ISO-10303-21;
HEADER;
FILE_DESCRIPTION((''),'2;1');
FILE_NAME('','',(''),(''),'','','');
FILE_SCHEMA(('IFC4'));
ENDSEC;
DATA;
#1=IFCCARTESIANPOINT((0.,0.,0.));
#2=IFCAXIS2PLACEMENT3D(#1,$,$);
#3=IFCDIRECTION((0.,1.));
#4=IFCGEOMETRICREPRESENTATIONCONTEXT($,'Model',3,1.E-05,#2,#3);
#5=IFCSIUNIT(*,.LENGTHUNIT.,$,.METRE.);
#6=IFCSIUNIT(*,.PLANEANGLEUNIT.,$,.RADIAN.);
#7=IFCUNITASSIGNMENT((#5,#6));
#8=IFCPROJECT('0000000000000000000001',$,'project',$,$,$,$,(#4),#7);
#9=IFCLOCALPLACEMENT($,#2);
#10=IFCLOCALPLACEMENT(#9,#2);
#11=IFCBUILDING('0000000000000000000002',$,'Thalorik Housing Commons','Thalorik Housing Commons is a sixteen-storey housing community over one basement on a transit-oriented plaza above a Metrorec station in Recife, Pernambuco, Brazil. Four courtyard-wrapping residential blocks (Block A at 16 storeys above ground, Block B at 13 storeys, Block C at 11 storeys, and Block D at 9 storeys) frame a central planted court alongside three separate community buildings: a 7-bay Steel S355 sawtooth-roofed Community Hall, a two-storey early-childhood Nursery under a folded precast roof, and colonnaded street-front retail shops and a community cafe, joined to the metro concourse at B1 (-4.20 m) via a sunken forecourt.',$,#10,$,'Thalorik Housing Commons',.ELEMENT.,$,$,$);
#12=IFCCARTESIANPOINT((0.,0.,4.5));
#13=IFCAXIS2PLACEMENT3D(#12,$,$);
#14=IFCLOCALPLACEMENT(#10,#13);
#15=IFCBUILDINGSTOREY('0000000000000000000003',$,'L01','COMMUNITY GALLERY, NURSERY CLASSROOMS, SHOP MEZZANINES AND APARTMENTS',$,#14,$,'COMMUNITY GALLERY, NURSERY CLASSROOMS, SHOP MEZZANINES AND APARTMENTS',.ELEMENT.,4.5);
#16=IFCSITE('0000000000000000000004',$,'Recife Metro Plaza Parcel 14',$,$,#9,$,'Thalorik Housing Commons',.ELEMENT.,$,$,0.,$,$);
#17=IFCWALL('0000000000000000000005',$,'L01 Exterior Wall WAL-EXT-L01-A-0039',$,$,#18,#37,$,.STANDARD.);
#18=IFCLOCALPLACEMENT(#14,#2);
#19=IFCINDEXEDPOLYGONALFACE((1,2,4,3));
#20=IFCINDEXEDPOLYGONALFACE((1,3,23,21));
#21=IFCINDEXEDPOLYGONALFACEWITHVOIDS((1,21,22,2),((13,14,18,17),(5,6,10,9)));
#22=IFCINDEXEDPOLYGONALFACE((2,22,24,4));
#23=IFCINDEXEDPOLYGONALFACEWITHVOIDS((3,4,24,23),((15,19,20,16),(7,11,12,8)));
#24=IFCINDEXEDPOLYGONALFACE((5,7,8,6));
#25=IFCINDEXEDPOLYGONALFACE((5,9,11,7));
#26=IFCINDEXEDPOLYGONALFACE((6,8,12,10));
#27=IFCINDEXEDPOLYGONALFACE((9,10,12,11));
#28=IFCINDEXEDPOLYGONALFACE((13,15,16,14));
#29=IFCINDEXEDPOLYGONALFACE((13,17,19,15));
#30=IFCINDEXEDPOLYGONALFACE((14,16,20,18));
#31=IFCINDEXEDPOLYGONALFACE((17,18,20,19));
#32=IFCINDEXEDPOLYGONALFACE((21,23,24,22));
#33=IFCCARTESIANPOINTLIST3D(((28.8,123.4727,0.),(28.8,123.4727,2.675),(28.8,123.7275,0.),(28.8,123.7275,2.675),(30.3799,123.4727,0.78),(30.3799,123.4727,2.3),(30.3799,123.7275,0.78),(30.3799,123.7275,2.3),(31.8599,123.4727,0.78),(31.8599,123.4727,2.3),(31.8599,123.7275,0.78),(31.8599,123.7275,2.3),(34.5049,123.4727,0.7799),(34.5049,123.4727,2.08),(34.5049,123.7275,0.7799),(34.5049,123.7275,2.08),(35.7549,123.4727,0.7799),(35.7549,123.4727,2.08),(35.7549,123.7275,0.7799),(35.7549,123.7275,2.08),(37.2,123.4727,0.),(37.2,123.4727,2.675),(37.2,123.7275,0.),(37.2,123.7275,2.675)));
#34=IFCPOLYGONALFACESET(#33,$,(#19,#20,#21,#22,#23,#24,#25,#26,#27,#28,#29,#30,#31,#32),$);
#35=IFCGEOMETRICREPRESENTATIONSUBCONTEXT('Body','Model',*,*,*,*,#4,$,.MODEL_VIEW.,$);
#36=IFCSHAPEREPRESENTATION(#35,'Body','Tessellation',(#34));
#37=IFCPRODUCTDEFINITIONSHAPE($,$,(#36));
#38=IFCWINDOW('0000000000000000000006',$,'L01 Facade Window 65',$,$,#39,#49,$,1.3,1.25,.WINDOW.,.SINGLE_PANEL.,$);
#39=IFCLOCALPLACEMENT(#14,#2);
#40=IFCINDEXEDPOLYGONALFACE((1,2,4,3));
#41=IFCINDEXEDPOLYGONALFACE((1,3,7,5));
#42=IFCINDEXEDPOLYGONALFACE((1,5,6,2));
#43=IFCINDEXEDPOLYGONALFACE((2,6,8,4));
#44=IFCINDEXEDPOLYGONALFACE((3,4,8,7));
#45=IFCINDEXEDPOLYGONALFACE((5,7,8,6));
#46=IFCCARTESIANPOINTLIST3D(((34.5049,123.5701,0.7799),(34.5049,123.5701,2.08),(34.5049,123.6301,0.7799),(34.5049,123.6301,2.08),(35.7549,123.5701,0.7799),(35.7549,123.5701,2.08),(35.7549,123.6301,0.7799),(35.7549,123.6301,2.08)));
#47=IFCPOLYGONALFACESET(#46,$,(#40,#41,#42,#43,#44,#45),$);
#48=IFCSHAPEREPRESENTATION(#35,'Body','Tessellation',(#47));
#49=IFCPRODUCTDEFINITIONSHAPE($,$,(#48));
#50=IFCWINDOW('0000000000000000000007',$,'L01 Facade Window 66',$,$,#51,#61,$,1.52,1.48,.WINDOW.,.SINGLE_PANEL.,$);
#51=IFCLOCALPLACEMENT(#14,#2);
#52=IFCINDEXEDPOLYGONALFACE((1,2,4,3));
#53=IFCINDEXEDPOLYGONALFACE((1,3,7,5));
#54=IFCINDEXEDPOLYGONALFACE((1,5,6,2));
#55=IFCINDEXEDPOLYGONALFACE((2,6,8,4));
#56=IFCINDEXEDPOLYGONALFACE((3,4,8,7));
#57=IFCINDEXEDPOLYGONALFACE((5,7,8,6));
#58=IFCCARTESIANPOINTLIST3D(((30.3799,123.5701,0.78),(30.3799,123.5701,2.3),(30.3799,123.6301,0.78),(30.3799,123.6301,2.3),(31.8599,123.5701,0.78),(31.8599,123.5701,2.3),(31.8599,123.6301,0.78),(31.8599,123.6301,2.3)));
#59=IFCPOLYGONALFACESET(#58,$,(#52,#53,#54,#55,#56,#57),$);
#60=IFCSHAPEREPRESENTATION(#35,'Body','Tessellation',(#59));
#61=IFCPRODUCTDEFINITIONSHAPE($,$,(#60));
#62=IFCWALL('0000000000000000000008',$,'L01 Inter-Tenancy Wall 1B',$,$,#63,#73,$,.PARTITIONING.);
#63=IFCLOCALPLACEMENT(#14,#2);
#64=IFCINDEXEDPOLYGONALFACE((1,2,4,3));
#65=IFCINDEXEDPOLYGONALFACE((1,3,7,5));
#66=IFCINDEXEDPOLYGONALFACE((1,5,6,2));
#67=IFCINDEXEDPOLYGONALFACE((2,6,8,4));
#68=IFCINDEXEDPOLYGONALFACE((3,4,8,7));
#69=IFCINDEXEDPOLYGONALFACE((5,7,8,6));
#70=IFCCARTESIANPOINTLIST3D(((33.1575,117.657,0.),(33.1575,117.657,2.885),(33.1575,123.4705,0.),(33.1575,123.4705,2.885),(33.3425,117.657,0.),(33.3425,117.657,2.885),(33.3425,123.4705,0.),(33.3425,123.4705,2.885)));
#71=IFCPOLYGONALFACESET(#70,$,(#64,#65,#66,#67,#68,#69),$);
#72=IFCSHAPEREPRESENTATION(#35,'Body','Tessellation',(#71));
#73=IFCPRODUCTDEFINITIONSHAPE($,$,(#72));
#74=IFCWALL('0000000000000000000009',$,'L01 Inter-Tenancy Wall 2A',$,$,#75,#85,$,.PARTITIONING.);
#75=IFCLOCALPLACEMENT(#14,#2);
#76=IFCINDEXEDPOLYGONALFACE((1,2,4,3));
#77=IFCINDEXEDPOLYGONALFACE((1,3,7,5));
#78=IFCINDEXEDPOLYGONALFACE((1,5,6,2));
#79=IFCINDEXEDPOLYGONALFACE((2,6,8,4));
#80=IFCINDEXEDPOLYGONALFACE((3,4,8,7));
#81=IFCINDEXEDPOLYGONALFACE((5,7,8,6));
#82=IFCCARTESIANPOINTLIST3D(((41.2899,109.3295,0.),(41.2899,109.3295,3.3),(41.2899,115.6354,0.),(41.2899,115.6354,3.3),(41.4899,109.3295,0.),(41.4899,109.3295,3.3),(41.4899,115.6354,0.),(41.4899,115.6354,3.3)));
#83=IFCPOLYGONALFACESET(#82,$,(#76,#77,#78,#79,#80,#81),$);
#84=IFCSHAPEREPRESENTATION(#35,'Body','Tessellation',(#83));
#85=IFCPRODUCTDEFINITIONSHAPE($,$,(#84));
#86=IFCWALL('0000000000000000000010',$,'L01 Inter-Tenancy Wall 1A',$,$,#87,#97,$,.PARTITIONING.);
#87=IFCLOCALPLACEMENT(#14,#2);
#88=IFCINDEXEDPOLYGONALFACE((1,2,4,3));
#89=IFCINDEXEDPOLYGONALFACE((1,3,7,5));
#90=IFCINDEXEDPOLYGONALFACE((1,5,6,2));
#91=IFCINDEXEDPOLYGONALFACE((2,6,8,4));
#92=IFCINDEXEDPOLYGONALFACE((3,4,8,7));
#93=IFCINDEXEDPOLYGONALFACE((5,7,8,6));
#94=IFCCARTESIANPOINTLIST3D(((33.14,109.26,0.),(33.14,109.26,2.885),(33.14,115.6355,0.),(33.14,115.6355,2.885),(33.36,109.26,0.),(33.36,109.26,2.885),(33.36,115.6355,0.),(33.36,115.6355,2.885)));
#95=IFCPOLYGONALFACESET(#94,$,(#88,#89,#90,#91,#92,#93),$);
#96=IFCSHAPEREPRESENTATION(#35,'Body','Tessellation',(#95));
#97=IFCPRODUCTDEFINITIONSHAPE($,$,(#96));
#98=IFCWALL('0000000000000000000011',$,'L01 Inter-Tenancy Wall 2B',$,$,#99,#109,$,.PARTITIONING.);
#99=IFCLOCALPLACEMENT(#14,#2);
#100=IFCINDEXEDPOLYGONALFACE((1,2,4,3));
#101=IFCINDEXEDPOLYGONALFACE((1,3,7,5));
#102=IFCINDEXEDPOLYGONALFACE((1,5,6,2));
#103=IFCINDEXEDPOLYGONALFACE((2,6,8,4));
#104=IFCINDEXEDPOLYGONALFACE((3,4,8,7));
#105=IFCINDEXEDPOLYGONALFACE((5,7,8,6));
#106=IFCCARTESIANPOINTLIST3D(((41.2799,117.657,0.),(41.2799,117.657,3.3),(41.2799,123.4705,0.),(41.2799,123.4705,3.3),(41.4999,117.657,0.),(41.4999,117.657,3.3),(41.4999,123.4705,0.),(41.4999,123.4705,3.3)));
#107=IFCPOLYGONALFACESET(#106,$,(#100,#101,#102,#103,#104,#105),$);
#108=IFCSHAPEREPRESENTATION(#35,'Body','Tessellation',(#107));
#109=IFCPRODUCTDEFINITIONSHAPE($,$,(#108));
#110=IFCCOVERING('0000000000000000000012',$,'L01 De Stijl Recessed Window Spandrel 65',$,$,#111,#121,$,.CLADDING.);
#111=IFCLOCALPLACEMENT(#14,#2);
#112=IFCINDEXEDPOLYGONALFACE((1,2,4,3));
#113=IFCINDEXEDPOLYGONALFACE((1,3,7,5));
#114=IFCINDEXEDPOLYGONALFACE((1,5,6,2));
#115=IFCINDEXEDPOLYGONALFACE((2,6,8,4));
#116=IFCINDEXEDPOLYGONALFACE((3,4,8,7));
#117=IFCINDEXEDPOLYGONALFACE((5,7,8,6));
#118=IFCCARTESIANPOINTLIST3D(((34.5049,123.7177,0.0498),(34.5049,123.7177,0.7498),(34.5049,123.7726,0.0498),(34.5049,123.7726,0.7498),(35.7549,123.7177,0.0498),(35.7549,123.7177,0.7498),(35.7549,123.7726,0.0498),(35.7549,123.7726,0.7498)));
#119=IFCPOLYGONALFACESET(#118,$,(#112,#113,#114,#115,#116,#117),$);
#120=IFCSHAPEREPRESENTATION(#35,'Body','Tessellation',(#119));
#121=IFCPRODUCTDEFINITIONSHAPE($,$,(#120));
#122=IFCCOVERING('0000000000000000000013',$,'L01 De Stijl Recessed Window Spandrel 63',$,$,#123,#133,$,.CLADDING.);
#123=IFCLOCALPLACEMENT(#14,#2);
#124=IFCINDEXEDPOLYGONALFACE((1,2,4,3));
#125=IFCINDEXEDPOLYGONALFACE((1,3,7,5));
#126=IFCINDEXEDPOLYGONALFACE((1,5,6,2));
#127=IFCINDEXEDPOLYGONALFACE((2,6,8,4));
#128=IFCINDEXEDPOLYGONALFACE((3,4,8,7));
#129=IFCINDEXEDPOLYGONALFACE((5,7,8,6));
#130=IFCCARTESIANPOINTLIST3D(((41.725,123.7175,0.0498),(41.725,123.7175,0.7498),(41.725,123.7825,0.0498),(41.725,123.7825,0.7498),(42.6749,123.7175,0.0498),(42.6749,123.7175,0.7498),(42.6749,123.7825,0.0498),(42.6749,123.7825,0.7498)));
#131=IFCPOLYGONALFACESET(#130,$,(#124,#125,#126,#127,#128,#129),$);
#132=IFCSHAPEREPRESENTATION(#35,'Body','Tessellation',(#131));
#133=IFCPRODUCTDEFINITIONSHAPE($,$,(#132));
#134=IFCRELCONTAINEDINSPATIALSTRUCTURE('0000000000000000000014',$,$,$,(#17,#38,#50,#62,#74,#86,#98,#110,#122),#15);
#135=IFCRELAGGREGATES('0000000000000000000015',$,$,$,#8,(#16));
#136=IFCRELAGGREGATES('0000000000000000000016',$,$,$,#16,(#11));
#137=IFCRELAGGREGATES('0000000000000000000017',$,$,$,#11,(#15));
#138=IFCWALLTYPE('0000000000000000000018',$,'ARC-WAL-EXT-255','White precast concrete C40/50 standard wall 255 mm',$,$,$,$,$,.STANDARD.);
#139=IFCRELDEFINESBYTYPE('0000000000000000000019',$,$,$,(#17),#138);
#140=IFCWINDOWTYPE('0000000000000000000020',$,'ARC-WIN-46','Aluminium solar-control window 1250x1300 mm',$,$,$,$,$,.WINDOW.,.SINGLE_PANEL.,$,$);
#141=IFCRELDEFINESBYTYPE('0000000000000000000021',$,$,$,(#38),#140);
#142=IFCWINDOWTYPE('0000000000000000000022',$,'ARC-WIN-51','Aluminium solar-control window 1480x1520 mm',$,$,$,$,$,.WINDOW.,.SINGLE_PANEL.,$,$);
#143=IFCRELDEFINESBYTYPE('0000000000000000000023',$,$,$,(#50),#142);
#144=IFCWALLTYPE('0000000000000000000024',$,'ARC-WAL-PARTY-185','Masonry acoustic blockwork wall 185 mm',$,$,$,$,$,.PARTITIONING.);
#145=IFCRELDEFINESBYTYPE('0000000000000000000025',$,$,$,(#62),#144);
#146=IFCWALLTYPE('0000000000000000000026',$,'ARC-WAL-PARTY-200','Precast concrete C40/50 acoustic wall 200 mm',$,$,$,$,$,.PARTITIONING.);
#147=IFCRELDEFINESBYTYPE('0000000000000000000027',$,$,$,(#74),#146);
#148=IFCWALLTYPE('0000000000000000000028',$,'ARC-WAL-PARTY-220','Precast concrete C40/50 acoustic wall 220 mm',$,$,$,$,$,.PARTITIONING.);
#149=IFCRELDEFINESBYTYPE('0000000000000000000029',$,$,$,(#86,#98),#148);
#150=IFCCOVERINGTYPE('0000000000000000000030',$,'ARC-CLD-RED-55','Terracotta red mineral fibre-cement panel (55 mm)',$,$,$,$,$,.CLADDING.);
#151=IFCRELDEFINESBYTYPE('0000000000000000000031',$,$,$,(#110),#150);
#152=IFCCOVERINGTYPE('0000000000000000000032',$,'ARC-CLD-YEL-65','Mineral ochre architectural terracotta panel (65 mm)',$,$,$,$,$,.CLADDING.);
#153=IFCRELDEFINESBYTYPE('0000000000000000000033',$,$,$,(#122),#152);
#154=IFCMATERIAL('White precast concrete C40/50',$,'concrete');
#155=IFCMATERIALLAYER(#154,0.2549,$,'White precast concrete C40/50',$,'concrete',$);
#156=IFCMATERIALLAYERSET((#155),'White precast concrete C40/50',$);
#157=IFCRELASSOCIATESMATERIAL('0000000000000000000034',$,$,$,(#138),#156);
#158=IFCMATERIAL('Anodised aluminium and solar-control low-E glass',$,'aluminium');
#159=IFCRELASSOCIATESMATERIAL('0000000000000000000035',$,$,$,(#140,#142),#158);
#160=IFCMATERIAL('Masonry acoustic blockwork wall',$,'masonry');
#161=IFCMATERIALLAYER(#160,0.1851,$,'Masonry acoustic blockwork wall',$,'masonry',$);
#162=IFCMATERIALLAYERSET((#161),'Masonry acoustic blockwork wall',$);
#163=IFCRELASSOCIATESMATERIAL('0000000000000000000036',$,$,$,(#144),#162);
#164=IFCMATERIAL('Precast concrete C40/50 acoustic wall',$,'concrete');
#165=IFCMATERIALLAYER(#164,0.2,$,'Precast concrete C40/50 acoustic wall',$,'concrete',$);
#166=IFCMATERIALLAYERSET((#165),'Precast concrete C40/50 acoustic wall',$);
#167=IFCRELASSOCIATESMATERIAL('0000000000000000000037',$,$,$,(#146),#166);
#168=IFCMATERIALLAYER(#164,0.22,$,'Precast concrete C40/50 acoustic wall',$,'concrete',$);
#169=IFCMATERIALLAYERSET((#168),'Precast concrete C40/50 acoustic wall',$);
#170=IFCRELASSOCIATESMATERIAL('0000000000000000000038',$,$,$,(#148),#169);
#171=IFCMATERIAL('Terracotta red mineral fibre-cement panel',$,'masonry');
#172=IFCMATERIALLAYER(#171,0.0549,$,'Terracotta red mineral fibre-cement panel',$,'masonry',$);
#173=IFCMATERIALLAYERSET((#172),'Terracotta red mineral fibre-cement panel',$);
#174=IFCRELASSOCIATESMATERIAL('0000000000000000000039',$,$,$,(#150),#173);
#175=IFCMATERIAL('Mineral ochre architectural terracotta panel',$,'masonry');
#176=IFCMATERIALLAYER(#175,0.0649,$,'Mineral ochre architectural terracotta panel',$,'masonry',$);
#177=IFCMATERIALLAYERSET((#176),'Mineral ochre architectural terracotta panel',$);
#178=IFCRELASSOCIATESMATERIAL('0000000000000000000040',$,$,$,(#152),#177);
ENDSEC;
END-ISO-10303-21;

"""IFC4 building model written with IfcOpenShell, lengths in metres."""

from ifc_helpers import new_model, si_unit, direction, frame, frame_2d, origin, origin_2d, place, context, subcontext, project, spatial, rectangle, extrude, material, layer, layer_set, type_object, element, fill, save


model = new_model("IFC4")

# Units and contexts
model_context = context("Model", 3, precision=1e-05, world=origin(), true_north=direction((0.0, 1.0)))
body_context = subcontext(model_context, "Body", "Model", "MODEL_VIEW")
ifc_project = project(units=[si_unit("LENGTHUNIT", "METRE"), si_unit("PLANEANGLEUNIT", "RADIAN")], contexts=[model_context])

# Site, building, storey
site_placement = place(None, origin())
site = spatial("IfcSite", under=ifc_project, at=site_placement, Name="Recife Metro Plaza Parcel 14", LongName="Thalorik Housing Commons", CompositionType="ELEMENT", RefElevation=0.0)
building_placement = place(site_placement, origin())
building = spatial("IfcBuilding", under=site, at=building_placement, Name="Thalorik Housing Commons", Description="Thalorik Housing Commons is a sixteen-storey housing community over one basement on a transit-oriented plaza above a Metrorec station in Recife, Pernambuco, Brazil. Four courtyard-wrapping residential blocks (Block A at 16 storeys above ground, Block B at 13 storeys, Block C at 11 storeys, and Block D at 9 storeys) frame a central planted court alongside three separate community buildings: a 7-bay Steel S355 sawtooth-roofed Community Hall, a two-storey early-childhood Nursery under a folded precast roof, and colonnaded street-front retail shops and a community cafe, joined to the metro concourse at B1 (-4.20 m) via a sunken forecourt.", LongName="Thalorik Housing Commons", CompositionType="ELEMENT")
storey_placement = place(building_placement, frame((0.0, 0.0, 4.5)))
storey = spatial("IfcBuildingStorey", under=building, at=storey_placement, Name="L01", Description="COMMUNITY GALLERY, NURSERY CLASSROOMS, SHOP MEZZANINES AND APARTMENTS", LongName="COMMUNITY GALLERY, NURSERY CLASSROOMS, SHOP MEZZANINES AND APARTMENTS", CompositionType="ELEMENT", Elevation=4.5)

# Wall, openings, windows
ifc_material_1 = material(Name="White precast concrete C40/50", Category="concrete")
ifc_layer_1 = layer(ifc_material_1, 0.2549, Name="White precast concrete C40/50", Category="concrete")
ifc_layer_set_1 = layer_set([ifc_layer_1], Name="White precast concrete C40/50")
wall_type_1 = type_object("IfcWallType", Name="ARC-WAL-EXT-255", Description="White precast concrete C40/50 standard wall 255 mm", PredefinedType="STANDARD", material=ifc_layer_set_1)
ifc_material_2 = material(Name="Anodised aluminium and solar-control low-E glass", Category="aluminium")
window_type_1 = type_object("IfcWindowType", Name="ARC-WIN-46", Description="Aluminium solar-control window 1250x1300 mm", PartitioningType="SINGLE_PANEL", PredefinedType="WINDOW", material=ifc_material_2)
wall_1_placement = place(storey_placement, frame((37.2, 123.6001, 0.0), z_axis=(0.0, 0.0, 1.0), x_axis=(-1.0, 0.0, 0.0)))
wall_1 = element("IfcWall", 1, at=wall_1_placement, inside=storey, type_object=wall_type_1, Name="L01 Exterior Wall WAL-EXT-L01-A-0039", PredefinedType="STANDARD", context=body_context, shape_type="SweptSolid", body=[
    extrude(rectangle(XDim=8.3999, YDim=0.2549, at=frame_2d((4.2, 0.0))), origin(), (0.0, 0.0, 1.0), 2.675),
])
opening_1_placement = place(wall_1_placement, frame((1.4451, 0.0, 0.78)))
opening_1 = element("IfcOpeningElement", 2, at=opening_1_placement, cuts=wall_1, PredefinedType="OPENING", context=body_context, shape_type="SweptSolid", body=[
    extrude(rectangle(XDim=1.25, YDim=1.3, at=frame_2d((0.625, 0.6499))), frame((0.0, 0.1375, 0.0), z_axis=(0.0, -1.0, 0.0), x_axis=(1.0, 0.0, 0.0)), (0.0, 0.0, 1.0), 0.2749),
])
opening_2_placement = place(wall_1_placement, frame((5.3401, 0.0, 0.78)))
opening_2 = element("IfcOpeningElement", 3, at=opening_2_placement, cuts=wall_1, PredefinedType="OPENING", context=body_context, shape_type="SweptSolid", body=[
    extrude(rectangle(XDim=1.48, YDim=1.52, at=frame_2d((0.74, 0.76))), frame((0.0, 0.1375, 0.0), z_axis=(0.0, -1.0, 0.0), x_axis=(1.0, 0.0, 0.0)), (0.0, 0.0, 1.0), 0.2749),
])
window_1_placement = place(opening_1_placement, origin())
window_1 = element("IfcWindow", 4, at=window_1_placement, inside=storey, type_object=window_type_1, Name="L01 Facade Window 65", OverallHeight=1.3, OverallWidth=1.25, PartitioningType="SINGLE_PANEL", PredefinedType="WINDOW", context=body_context, shape_type="SweptSolid", body=[
    extrude(rectangle(XDim=1.25, YDim=1.3, at=frame_2d((0.625, 0.6499))), frame((0.0, 0.03, 0.0), z_axis=(0.0, -1.0, 0.0), x_axis=(1.0, 0.0, 0.0)), (0.0, 0.0, 1.0), 0.0601),
])
fill(opening_1, window_1)
window_type_2 = type_object("IfcWindowType", Name="ARC-WIN-51", Description="Aluminium solar-control window 1480x1520 mm", PartitioningType="SINGLE_PANEL", PredefinedType="WINDOW", material=ifc_material_2)
window_2_placement = place(opening_2_placement, origin())
window_2 = element("IfcWindow", 5, at=window_2_placement, inside=storey, type_object=window_type_2, Name="L01 Facade Window 66", OverallHeight=1.52, OverallWidth=1.48, PartitioningType="SINGLE_PANEL", PredefinedType="WINDOW", context=body_context, shape_type="SweptSolid", body=[
    extrude(rectangle(XDim=1.48, YDim=1.52, at=frame_2d((0.74, 0.76))), frame((0.0, 0.03, 0.0), z_axis=(0.0, -1.0, 0.0), x_axis=(1.0, 0.0, 0.0)), (0.0, 0.0, 1.0), 0.0601),
])
fill(opening_2, window_2)

# Walls
ifc_material_3 = material(Name="Masonry acoustic blockwork wall", Category="masonry")
ifc_layer_2 = layer(ifc_material_3, 0.1851, Name="Masonry acoustic blockwork wall", Category="masonry")
ifc_layer_set_2 = layer_set([ifc_layer_2], Name="Masonry acoustic blockwork wall")
wall_type_2 = type_object("IfcWallType", Name="ARC-WAL-PARTY-185", Description="Masonry acoustic blockwork wall 185 mm", PredefinedType="PARTITIONING", material=ifc_layer_set_2)
wall_2_placement = place(storey_placement, frame((33.25, 117.657, 0.0), z_axis=(0.0, 0.0, 1.0), x_axis=(0.0, 1.0, 0.0)))
element("IfcWall", 6, at=wall_2_placement, inside=storey, type_object=wall_type_2, Name="L01 Inter-Tenancy Wall 1B", PredefinedType="PARTITIONING", context=body_context, shape_type="SweptSolid", body=[
    extrude(rectangle(XDim=5.8135, YDim=0.1851, at=frame_2d((2.9067, 0.0))), origin(), (0.0, 0.0, 1.0), 2.885),
])
ifc_material_4 = material(Name="Precast concrete C40/50 acoustic wall", Category="concrete")
ifc_layer_3 = layer(ifc_material_4, 0.2, Name="Precast concrete C40/50 acoustic wall", Category="concrete")
ifc_layer_set_3 = layer_set([ifc_layer_3], Name="Precast concrete C40/50 acoustic wall")
wall_type_3 = type_object("IfcWallType", Name="ARC-WAL-PARTY-200", Description="Precast concrete C40/50 acoustic wall 200 mm", PredefinedType="PARTITIONING", material=ifc_layer_set_3)
wall_3_placement = place(storey_placement, frame((41.3899, 109.3296, 0.0), z_axis=(0.0, 0.0, 1.0), x_axis=(0.0, 1.0, 0.0)))
element("IfcWall", 7, at=wall_3_placement, inside=storey, type_object=wall_type_3, Name="L01 Inter-Tenancy Wall 2A", PredefinedType="PARTITIONING", context=body_context, shape_type="SweptSolid", body=[
    extrude(rectangle(XDim=6.3059, YDim=0.2, at=frame_2d((3.1528, 0.0))), origin(), (0.0, 0.0, 1.0), 3.3),
])
ifc_layer_4 = layer(ifc_material_4, 0.22, Name="Precast concrete C40/50 acoustic wall", Category="concrete")
ifc_layer_set_4 = layer_set([ifc_layer_4], Name="Precast concrete C40/50 acoustic wall")
wall_type_4 = type_object("IfcWallType", Name="ARC-WAL-PARTY-220", Description="Precast concrete C40/50 acoustic wall 220 mm", PredefinedType="PARTITIONING", material=ifc_layer_set_4)
wall_4_placement = place(storey_placement, frame((33.25, 109.26, 0.0), z_axis=(0.0, 0.0, 1.0), x_axis=(0.0, 1.0, 0.0)))
element("IfcWall", 8, at=wall_4_placement, inside=storey, type_object=wall_type_4, Name="L01 Inter-Tenancy Wall 1A", PredefinedType="PARTITIONING", context=body_context, shape_type="SweptSolid", body=[
    extrude(rectangle(XDim=6.3755, YDim=0.22, at=frame_2d((3.1877, 0.0))), origin(), (0.0, 0.0, 1.0), 2.885),
])
wall_5_placement = place(storey_placement, frame((41.3899, 117.657, 0.0), z_axis=(0.0, 0.0, 1.0), x_axis=(0.0, 1.0, 0.0)))
element("IfcWall", 9, at=wall_5_placement, inside=storey, type_object=wall_type_4, Name="L01 Inter-Tenancy Wall 2B", PredefinedType="PARTITIONING", context=body_context, shape_type="SweptSolid", body=[
    extrude(rectangle(XDim=5.8135, YDim=0.22, at=frame_2d((2.9067, 0.0))), origin(), (0.0, 0.0, 1.0), 3.3),
])

# Coverings
ifc_material_5 = material(Name="Terracotta red mineral fibre-cement panel", Category="masonry")
ifc_layer_5 = layer(ifc_material_5, 0.0549, Name="Terracotta red mineral fibre-cement panel", Category="masonry")
ifc_layer_set_5 = layer_set([ifc_layer_5], Name="Terracotta red mineral fibre-cement panel")
covering_type_1 = type_object("IfcCoveringType", Name="ARC-CLD-RED-55", Description="Terracotta red mineral fibre-cement panel (55 mm)", PredefinedType="CLADDING", material=ifc_layer_set_5)
covering_1_placement = place(storey_placement, frame((35.1299, 123.7451, 0.0498), z_axis=(0.0, 0.0, 1.0), x_axis=(-1.0, 0.0, 0.0)))
element("IfcCovering", 10, at=covering_1_placement, inside=storey, type_object=covering_type_1, Name="L01 De Stijl Recessed Window Spandrel 65", PredefinedType="CLADDING", context=body_context, shape_type="SweptSolid", body=[
    extrude(rectangle(XDim=1.25, YDim=0.0549, at=origin_2d()), origin(), (0.0, 0.0, 1.0), 0.7),
])
ifc_material_6 = material(Name="Mineral ochre architectural terracotta panel", Category="masonry")
ifc_layer_6 = layer(ifc_material_6, 0.0649, Name="Mineral ochre architectural terracotta panel", Category="masonry")
ifc_layer_set_6 = layer_set([ifc_layer_6], Name="Mineral ochre architectural terracotta panel")
covering_type_2 = type_object("IfcCoveringType", Name="ARC-CLD-YEL-65", Description="Mineral ochre architectural terracotta panel (65 mm)", PredefinedType="CLADDING", material=ifc_layer_set_6)
covering_2_placement = place(storey_placement, frame((42.2, 123.75, 0.0498), z_axis=(0.0, 0.0, 1.0), x_axis=(-1.0, 0.0, 0.0)))
element("IfcCovering", 11, at=covering_2_placement, inside=storey, type_object=covering_type_2, Name="L01 De Stijl Recessed Window Spandrel 63", PredefinedType="CLADDING", context=body_context, shape_type="SweptSolid", body=[
    extrude(rectangle(XDim=0.95, YDim=0.0649, at=origin_2d()), origin(), (0.0, 0.0, 1.0), 0.7),
])

save(model, "model.ifc")
